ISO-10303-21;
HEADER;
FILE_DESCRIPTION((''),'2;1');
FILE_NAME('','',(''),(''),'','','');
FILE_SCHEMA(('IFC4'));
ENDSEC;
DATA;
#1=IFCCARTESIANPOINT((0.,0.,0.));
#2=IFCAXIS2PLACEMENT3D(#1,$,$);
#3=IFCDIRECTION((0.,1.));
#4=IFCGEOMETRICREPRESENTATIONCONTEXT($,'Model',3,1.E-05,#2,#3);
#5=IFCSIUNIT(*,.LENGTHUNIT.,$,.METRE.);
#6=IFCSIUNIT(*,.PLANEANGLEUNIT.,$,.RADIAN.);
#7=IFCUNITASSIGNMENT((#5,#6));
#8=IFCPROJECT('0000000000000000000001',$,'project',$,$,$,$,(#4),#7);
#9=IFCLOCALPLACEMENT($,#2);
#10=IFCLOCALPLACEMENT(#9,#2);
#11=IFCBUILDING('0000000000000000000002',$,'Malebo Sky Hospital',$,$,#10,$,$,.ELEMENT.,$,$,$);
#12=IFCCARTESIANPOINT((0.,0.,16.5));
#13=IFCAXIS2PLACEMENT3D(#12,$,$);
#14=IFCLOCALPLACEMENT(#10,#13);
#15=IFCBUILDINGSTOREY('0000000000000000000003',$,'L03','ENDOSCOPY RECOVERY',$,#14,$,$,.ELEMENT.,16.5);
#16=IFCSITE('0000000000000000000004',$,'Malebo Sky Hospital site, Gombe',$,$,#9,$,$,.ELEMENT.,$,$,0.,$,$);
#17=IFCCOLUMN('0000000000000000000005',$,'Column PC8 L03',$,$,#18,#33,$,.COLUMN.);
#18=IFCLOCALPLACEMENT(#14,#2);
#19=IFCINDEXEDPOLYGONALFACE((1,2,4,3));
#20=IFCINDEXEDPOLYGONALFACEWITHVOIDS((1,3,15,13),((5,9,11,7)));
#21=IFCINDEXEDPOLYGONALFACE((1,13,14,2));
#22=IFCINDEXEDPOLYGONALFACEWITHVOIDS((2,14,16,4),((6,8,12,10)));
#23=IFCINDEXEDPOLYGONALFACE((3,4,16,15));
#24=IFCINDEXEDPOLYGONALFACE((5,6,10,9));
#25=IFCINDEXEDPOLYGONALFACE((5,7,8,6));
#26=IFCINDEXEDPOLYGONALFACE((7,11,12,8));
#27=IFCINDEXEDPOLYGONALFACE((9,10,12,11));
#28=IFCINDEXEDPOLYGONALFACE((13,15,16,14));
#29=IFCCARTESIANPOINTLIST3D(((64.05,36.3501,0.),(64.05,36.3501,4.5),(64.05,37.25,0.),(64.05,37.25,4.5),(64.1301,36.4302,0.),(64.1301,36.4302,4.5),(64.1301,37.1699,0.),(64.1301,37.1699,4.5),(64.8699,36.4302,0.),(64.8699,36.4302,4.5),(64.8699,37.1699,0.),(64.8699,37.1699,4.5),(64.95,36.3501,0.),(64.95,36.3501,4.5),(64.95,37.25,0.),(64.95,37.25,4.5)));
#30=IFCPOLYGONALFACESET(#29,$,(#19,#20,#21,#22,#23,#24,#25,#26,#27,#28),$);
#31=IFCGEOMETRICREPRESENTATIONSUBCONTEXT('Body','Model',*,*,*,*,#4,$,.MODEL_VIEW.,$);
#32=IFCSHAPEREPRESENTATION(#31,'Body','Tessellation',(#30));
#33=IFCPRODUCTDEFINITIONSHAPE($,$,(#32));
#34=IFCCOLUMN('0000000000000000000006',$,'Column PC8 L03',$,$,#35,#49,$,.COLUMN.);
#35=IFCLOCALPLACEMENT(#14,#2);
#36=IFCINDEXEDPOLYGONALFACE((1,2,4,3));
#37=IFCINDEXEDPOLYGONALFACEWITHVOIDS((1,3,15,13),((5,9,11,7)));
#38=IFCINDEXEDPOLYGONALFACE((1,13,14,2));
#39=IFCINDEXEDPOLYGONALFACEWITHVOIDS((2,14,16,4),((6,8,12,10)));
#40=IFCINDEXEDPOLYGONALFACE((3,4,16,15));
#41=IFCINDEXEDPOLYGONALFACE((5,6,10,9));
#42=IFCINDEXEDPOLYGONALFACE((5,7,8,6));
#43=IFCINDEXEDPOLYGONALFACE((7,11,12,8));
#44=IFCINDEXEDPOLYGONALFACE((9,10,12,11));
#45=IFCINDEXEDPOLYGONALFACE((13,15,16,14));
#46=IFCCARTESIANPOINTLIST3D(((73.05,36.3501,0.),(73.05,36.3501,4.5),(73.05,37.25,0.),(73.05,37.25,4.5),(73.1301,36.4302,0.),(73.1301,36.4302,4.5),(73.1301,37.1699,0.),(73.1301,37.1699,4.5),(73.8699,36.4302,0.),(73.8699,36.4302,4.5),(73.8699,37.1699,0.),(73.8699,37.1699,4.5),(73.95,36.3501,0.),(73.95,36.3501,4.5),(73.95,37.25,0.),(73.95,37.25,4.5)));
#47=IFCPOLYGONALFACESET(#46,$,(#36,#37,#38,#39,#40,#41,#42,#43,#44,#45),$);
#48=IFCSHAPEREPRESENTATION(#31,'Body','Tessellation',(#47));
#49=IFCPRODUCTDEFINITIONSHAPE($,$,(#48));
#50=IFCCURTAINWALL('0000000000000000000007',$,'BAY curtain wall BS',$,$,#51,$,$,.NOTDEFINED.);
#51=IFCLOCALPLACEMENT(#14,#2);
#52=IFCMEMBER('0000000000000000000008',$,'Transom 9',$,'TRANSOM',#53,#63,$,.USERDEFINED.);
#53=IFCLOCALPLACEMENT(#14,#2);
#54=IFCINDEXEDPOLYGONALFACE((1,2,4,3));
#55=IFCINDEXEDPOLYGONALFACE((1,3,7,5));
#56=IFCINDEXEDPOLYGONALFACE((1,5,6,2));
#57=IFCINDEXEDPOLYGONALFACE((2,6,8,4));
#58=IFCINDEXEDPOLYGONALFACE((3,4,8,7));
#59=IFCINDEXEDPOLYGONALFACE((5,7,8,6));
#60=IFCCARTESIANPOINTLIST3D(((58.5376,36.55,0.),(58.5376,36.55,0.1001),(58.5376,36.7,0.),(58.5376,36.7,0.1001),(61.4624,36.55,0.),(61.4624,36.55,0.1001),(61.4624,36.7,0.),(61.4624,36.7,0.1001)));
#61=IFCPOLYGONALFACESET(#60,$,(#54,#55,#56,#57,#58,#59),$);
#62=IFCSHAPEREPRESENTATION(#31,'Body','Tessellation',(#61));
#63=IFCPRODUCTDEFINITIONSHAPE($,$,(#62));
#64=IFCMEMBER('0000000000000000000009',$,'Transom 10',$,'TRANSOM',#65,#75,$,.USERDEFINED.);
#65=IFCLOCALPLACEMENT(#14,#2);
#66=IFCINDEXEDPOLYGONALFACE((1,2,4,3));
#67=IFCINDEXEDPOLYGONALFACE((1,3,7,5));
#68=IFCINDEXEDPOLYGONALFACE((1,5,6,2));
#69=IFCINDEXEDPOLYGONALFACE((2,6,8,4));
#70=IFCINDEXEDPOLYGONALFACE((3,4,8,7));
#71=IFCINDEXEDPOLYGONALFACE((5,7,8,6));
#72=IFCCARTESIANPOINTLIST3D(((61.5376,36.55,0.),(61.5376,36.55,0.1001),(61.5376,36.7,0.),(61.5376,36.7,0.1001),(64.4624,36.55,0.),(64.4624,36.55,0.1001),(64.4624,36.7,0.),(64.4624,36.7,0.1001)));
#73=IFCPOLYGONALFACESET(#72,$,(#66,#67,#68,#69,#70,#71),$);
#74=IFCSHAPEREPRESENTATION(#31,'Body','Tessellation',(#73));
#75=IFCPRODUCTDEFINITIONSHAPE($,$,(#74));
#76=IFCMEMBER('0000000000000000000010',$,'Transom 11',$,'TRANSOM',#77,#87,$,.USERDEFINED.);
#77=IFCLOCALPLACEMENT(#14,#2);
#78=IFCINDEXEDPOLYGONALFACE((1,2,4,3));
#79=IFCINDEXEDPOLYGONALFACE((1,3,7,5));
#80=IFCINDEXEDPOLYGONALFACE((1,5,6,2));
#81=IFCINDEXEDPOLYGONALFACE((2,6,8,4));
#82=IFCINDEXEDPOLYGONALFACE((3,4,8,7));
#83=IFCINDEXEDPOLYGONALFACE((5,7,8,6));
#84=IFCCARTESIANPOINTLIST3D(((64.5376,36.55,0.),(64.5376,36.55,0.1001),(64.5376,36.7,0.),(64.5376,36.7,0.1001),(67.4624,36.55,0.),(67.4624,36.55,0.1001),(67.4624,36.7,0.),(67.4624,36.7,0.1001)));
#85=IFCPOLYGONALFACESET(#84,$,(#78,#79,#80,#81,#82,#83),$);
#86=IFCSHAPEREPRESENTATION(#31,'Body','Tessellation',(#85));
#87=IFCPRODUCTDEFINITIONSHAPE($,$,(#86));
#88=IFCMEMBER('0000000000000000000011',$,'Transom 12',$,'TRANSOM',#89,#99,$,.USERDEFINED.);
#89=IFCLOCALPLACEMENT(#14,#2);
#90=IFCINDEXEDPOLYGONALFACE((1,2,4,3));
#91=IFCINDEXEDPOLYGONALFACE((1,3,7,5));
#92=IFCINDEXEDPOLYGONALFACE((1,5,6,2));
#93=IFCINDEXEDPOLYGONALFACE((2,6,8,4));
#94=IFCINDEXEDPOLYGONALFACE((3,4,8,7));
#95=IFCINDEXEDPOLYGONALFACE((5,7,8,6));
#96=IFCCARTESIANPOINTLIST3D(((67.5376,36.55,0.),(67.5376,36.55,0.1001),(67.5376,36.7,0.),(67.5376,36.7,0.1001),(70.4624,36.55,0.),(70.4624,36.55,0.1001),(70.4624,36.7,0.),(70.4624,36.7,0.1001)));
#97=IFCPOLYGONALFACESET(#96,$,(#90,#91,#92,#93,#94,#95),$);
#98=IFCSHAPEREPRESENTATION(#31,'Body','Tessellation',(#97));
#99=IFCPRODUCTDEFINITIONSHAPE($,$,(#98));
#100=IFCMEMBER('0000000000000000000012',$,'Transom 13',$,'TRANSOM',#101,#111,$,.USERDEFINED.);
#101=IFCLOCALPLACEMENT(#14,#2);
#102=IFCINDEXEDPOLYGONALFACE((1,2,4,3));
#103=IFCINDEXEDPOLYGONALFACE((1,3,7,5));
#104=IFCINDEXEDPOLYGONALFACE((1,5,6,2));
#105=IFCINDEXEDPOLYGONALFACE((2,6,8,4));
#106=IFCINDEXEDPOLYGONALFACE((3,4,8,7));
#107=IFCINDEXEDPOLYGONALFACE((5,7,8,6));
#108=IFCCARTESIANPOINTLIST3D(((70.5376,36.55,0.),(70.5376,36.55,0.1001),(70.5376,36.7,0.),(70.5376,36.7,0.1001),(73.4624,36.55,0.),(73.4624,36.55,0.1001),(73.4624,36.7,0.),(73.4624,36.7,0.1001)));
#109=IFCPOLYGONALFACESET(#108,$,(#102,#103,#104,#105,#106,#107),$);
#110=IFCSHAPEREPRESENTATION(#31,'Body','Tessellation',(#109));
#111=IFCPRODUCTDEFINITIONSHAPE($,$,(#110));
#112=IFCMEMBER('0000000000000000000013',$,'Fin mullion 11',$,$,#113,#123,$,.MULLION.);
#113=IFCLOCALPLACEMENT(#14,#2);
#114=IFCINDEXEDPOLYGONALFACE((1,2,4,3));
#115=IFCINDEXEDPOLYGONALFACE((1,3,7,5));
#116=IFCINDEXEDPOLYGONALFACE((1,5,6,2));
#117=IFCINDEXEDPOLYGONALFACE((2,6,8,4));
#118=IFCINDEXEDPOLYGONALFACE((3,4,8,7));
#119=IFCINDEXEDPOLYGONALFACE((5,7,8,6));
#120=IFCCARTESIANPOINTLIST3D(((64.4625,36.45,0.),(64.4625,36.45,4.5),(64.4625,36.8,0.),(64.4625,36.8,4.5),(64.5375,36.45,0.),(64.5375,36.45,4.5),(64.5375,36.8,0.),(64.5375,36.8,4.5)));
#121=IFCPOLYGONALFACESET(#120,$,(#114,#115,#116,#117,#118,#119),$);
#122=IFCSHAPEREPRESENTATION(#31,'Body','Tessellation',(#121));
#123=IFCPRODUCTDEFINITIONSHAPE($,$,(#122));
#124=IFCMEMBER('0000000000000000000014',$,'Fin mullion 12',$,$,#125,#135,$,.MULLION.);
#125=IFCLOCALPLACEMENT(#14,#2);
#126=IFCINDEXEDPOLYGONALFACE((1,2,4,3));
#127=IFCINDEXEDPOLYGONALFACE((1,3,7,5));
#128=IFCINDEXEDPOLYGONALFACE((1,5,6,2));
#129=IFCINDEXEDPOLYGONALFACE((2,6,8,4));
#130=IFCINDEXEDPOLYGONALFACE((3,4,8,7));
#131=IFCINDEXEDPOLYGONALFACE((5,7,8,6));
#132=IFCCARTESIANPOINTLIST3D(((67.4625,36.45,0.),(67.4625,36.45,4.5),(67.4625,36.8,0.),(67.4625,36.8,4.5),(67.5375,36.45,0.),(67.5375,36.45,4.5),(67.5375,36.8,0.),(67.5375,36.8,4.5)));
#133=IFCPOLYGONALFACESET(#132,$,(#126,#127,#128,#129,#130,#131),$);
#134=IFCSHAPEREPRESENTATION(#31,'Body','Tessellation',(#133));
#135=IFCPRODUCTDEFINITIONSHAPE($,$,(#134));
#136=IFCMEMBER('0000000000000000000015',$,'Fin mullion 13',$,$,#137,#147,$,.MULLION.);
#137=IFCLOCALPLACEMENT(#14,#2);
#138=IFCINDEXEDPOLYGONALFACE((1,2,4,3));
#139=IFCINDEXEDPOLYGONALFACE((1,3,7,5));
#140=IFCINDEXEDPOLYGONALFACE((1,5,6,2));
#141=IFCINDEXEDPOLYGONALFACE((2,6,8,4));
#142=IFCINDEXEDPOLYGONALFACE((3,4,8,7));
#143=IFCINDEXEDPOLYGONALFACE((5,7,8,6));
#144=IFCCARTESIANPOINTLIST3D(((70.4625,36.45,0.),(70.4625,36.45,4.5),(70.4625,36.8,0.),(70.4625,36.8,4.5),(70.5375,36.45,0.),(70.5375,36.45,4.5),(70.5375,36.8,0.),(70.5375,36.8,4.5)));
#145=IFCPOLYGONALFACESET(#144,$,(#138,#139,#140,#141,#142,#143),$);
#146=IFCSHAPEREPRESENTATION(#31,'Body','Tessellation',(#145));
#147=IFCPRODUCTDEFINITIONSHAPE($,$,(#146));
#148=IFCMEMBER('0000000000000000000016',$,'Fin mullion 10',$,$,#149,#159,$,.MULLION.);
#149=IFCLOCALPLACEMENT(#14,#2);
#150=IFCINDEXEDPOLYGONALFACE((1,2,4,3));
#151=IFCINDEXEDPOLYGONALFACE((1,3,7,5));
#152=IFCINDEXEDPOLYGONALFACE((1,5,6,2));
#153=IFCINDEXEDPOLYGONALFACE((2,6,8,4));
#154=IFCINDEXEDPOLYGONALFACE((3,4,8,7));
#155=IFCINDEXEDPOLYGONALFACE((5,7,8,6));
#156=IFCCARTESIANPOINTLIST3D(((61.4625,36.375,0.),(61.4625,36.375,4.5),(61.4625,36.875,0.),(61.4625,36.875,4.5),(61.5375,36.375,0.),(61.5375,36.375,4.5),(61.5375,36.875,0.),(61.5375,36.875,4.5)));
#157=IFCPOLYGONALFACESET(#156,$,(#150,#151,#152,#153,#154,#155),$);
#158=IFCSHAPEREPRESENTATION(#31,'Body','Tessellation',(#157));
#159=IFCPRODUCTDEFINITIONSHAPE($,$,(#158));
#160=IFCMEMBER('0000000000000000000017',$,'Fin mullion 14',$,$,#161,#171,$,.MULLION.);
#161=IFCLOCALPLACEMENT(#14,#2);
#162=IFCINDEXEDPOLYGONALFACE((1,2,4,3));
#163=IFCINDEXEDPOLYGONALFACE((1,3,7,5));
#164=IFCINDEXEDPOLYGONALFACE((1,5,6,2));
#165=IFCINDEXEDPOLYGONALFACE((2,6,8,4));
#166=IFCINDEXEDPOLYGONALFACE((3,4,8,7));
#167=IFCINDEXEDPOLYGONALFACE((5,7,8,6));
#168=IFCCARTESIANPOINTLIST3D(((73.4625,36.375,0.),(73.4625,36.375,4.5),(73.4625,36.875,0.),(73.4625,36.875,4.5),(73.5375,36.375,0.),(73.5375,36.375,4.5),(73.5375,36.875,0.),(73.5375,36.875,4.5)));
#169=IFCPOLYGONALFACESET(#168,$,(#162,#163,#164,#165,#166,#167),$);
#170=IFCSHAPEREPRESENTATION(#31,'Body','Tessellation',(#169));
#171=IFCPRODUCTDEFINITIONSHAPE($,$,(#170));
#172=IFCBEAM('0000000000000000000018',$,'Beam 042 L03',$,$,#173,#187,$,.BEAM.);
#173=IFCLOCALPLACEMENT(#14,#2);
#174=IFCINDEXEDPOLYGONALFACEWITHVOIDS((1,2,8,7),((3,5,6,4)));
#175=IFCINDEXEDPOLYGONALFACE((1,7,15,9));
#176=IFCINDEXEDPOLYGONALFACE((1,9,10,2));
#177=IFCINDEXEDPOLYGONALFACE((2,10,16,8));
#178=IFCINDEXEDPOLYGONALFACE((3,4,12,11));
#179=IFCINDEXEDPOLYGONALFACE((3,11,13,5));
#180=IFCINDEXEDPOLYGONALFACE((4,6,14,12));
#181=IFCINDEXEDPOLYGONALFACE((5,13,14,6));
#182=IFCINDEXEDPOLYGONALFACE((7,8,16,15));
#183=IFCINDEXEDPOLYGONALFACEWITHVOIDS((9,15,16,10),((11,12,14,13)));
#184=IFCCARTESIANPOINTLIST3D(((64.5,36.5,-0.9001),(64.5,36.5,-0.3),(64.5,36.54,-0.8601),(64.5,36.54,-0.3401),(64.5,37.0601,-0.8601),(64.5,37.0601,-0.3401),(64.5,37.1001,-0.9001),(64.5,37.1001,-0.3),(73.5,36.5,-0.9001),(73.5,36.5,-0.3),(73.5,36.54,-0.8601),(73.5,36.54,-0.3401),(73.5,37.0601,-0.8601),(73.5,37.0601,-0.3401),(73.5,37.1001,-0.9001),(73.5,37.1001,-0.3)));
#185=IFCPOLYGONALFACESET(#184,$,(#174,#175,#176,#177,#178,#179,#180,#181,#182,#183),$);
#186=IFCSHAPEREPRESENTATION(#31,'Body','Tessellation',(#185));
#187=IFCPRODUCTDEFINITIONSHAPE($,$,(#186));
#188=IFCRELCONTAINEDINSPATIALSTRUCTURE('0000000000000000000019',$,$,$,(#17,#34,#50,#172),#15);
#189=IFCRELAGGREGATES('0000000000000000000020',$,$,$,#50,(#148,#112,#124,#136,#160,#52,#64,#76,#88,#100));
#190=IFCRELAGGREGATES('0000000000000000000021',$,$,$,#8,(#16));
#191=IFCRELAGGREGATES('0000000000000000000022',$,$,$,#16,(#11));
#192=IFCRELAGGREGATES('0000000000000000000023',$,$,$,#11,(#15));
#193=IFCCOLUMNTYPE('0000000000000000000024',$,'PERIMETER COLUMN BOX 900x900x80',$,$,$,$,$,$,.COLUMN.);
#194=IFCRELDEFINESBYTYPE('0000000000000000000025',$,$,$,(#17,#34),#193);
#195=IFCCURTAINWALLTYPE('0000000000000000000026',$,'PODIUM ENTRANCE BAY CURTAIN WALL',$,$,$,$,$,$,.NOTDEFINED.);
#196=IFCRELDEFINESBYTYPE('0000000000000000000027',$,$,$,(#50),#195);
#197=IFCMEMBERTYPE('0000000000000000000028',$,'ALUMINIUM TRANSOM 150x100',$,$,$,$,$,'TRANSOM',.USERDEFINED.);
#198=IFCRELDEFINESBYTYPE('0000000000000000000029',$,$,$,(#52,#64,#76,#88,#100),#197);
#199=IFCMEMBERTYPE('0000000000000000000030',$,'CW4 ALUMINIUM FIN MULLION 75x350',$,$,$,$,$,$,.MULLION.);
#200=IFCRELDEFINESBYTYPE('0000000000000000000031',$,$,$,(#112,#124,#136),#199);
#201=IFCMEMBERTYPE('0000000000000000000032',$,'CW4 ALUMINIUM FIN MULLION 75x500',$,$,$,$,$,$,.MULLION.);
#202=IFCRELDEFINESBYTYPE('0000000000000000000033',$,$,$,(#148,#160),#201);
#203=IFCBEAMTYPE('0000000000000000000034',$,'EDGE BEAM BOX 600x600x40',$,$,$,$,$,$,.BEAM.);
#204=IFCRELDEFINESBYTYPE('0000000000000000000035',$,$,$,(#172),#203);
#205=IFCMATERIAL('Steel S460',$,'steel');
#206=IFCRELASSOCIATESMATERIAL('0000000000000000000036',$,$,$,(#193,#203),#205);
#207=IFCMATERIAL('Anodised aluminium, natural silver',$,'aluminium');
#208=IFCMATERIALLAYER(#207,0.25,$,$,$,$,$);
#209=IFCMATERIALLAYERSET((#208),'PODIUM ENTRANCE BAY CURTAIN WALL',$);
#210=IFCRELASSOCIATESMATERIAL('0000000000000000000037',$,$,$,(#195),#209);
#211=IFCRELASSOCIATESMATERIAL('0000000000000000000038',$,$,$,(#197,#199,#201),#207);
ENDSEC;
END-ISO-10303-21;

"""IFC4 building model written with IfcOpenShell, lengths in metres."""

from ifc_helpers import new_model, si_unit, direction, frame, origin, origin_2d, place, context, subcontext, project, spatial, rectangle, hollow_rectangle, extrude, material, layer, layer_set, material_profile, profile_set, type_object, element, aggregate, save


model = new_model("IFC4")

# Units and contexts
model_context = context("Model", 3, precision=1e-05, world=origin(), true_north=direction((0.0, 1.0)))
body_context = subcontext(model_context, "Body", "Model", "MODEL_VIEW")
ifc_project = project(units=[si_unit("LENGTHUNIT", "METRE"), si_unit("PLANEANGLEUNIT", "RADIAN")], contexts=[model_context])

# Site, building, storey
site_placement = place(None, origin())
site = spatial("IfcSite", under=ifc_project, at=site_placement, Name="Malebo Sky Hospital site, Gombe", CompositionType="ELEMENT", RefElevation=0.0)
building_placement = place(site_placement, origin())
building = spatial("IfcBuilding", under=site, at=building_placement, Name="Malebo Sky Hospital", CompositionType="ELEMENT")
storey_placement = place(building_placement, frame((0.0, 0.0, 16.5)))
storey = spatial("IfcBuildingStorey", under=building, at=storey_placement, Name="L03", Description="ENDOSCOPY RECOVERY", CompositionType="ELEMENT", Elevation=16.5)

# Columns
ifc_material_1 = material(Name="Steel S460", Category="steel")
ifc_material_profile_1 = material_profile(ifc_material_1, hollow_rectangle(XDim=0.8999, YDim=0.8999, WallThickness=0.0801, at=origin_2d()), Name="BOX 900x900x80")
ifc_profile_set_1 = profile_set([ifc_material_profile_1], Name="Steel S460")
column_type = type_object("IfcColumnType", Name="PERIMETER COLUMN BOX 900x900x80", PredefinedType="COLUMN", material=ifc_profile_set_1)
for number, where, z_axis, x_axis, name in (
    (1, (64.5, 36.8, 0.0), (0.0, 0.0, 1.0), (1.0, 0.0, 0.0), "Column PC8 L03"),
    (2, (73.5, 36.8, 0.0), (0.0, 0.0, 1.0), (1.0, 0.0, 0.0), "Column PC8 L03"),
):
    element("IfcColumn", number, at=place(storey_placement, frame(where, z_axis=z_axis, x_axis=x_axis)), inside=storey, type_object=column_type, Name=name, PredefinedType="COLUMN", context=body_context, shape_type="SweptSolid", body=[
        extrude(hollow_rectangle(XDim=0.8999, YDim=0.8999, WallThickness=0.0801, at=origin_2d()), origin(), (0.0, 0.0, 1.0), 4.5),
    ])

# Curtain wall, members
ifc_material_2 = material(Name="Anodised aluminium, natural silver", Category="aluminium")
ifc_layer_1 = layer(ifc_material_2, 0.25)
ifc_layer_set_1 = layer_set([ifc_layer_1], Name="PODIUM ENTRANCE BAY CURTAIN WALL")
curtain_wall_type = type_object("IfcCurtainWallType", Name="PODIUM ENTRANCE BAY CURTAIN WALL", PredefinedType="NOTDEFINED", material=ifc_layer_set_1)
curtain_wall_placement = place(storey_placement, origin())
curtain_wall = element("IfcCurtainWall", 3, at=curtain_wall_placement, inside=storey, type_object=curtain_wall_type, Name="BAY curtain wall BS", PredefinedType="NOTDEFINED")
ifc_material_profile_2 = material_profile(ifc_material_2, rectangle(XDim=0.1499, YDim=0.1001, at=origin_2d()), Name="ALUMINIUM TRANSOM 150x100")
ifc_profile_set_2 = profile_set([ifc_material_profile_2], Name="Anodised aluminium, natural silver")
member_type_1 = type_object("IfcMemberType", Name="ALUMINIUM TRANSOM 150x100", ElementType="TRANSOM", PredefinedType="USERDEFINED", material=ifc_profile_set_2)
member_1_placement = place(storey_placement, frame((58.5376, 36.625, 0.05), z_axis=(1.0, 0.0, 0.0), x_axis=(0.0, 1.0, 0.0)))
member_1 = element("IfcMember", 4, at=member_1_placement, type_object=member_type_1, Name="Transom 9", ObjectType="TRANSOM", PredefinedType="USERDEFINED", context=body_context, shape_type="SweptSolid", body=[
    extrude(rectangle(XDim=0.1499, YDim=0.1001, at=origin_2d()), origin(), (0.0, 0.0, 1.0), 2.9248),
])
member_2_placement = place(storey_placement, frame((61.5376, 36.625, 0.05), z_axis=(1.0, 0.0, 0.0), x_axis=(0.0, 1.0, 0.0)))
member_2 = element("IfcMember", 5, at=member_2_placement, type_object=member_type_1, Name="Transom 10", ObjectType="TRANSOM", PredefinedType="USERDEFINED", context=body_context, shape_type="SweptSolid", body=[
    extrude(rectangle(XDim=0.1499, YDim=0.1001, at=origin_2d()), origin(), (0.0, 0.0, 1.0), 2.9248),
])
member_3_placement = place(storey_placement, frame((64.5376, 36.625, 0.05), z_axis=(1.0, 0.0, 0.0), x_axis=(0.0, 1.0, 0.0)))
member_3 = element("IfcMember", 6, at=member_3_placement, type_object=member_type_1, Name="Transom 11", ObjectType="TRANSOM", PredefinedType="USERDEFINED", context=body_context, shape_type="SweptSolid", body=[
    extrude(rectangle(XDim=0.1499, YDim=0.1001, at=origin_2d()), origin(), (0.0, 0.0, 1.0), 2.9248),
])
member_4_placement = place(storey_placement, frame((67.5376, 36.625, 0.05), z_axis=(1.0, 0.0, 0.0), x_axis=(0.0, 1.0, 0.0)))
member_4 = element("IfcMember", 7, at=member_4_placement, type_object=member_type_1, Name="Transom 12", ObjectType="TRANSOM", PredefinedType="USERDEFINED", context=body_context, shape_type="SweptSolid", body=[
    extrude(rectangle(XDim=0.1499, YDim=0.1001, at=origin_2d()), origin(), (0.0, 0.0, 1.0), 2.9248),
])
member_5_placement = place(storey_placement, frame((70.5376, 36.625, 0.05), z_axis=(1.0, 0.0, 0.0), x_axis=(0.0, 1.0, 0.0)))
member_5 = element("IfcMember", 8, at=member_5_placement, type_object=member_type_1, Name="Transom 13", ObjectType="TRANSOM", PredefinedType="USERDEFINED", context=body_context, shape_type="SweptSolid", body=[
    extrude(rectangle(XDim=0.1499, YDim=0.1001, at=origin_2d()), origin(), (0.0, 0.0, 1.0), 2.9248),
])
ifc_material_profile_3 = material_profile(ifc_material_2, rectangle(XDim=0.075, YDim=0.3501, at=origin_2d()), Name="CW4 ALUMINIUM FIN MULLION 75x350")
ifc_profile_set_3 = profile_set([ifc_material_profile_3], Name="Anodised aluminium, natural silver")
member_type_2 = type_object("IfcMemberType", Name="CW4 ALUMINIUM FIN MULLION 75x350", PredefinedType="MULLION", material=ifc_profile_set_3)
member_6_placement = place(storey_placement, frame((64.5, 36.625, 0.0), z_axis=(0.0, 0.0, 1.0), x_axis=(1.0, 0.0, 0.0)))
member_6 = element("IfcMember", 9, at=member_6_placement, type_object=member_type_2, Name="Fin mullion 11", PredefinedType="MULLION", context=body_context, shape_type="SweptSolid", body=[
    extrude(rectangle(XDim=0.075, YDim=0.3501, at=origin_2d()), origin(), (0.0, 0.0, 1.0), 4.5),
])
member_7_placement = place(storey_placement, frame((67.5, 36.625, 0.0), z_axis=(0.0, 0.0, 1.0), x_axis=(1.0, 0.0, 0.0)))
member_7 = element("IfcMember", 10, at=member_7_placement, type_object=member_type_2, Name="Fin mullion 12", PredefinedType="MULLION", context=body_context, shape_type="SweptSolid", body=[
    extrude(rectangle(XDim=0.075, YDim=0.3501, at=origin_2d()), origin(), (0.0, 0.0, 1.0), 4.5),
])
member_8_placement = place(storey_placement, frame((70.5, 36.625, 0.0), z_axis=(0.0, 0.0, 1.0), x_axis=(1.0, 0.0, 0.0)))
member_8 = element("IfcMember", 11, at=member_8_placement, type_object=member_type_2, Name="Fin mullion 13", PredefinedType="MULLION", context=body_context, shape_type="SweptSolid", body=[
    extrude(rectangle(XDim=0.075, YDim=0.3501, at=origin_2d()), origin(), (0.0, 0.0, 1.0), 4.5),
])
ifc_material_profile_4 = material_profile(ifc_material_2, rectangle(XDim=0.075, YDim=0.5, at=origin_2d()), Name="CW4 ALUMINIUM FIN MULLION 75x500")
ifc_profile_set_4 = profile_set([ifc_material_profile_4], Name="Anodised aluminium, natural silver")
member_type_3 = type_object("IfcMemberType", Name="CW4 ALUMINIUM FIN MULLION 75x500", PredefinedType="MULLION", material=ifc_profile_set_4)
member_9_placement = place(storey_placement, frame((61.5, 36.625, 0.0), z_axis=(0.0, 0.0, 1.0), x_axis=(1.0, 0.0, 0.0)))
member_9 = element("IfcMember", 12, at=member_9_placement, type_object=member_type_3, Name="Fin mullion 10", PredefinedType="MULLION", context=body_context, shape_type="SweptSolid", body=[
    extrude(rectangle(XDim=0.075, YDim=0.5, at=origin_2d()), origin(), (0.0, 0.0, 1.0), 4.5),
])
member_10_placement = place(storey_placement, frame((73.5, 36.625, 0.0), z_axis=(0.0, 0.0, 1.0), x_axis=(1.0, 0.0, 0.0)))
member_10 = element("IfcMember", 13, at=member_10_placement, type_object=member_type_3, Name="Fin mullion 14", PredefinedType="MULLION", context=body_context, shape_type="SweptSolid", body=[
    extrude(rectangle(XDim=0.075, YDim=0.5, at=origin_2d()), origin(), (0.0, 0.0, 1.0), 4.5),
])

# Beam
ifc_material_profile_5 = material_profile(ifc_material_1, hollow_rectangle(XDim=0.6001, YDim=0.6001, WallThickness=0.04, at=origin_2d()), Name="BOX 600x600x40")
ifc_profile_set_5 = profile_set([ifc_material_profile_5], Name="Steel S460")
beam_type_1 = type_object("IfcBeamType", Name="EDGE BEAM BOX 600x600x40", PredefinedType="BEAM", material=ifc_profile_set_5)
beam_1_placement = place(storey_placement, frame((64.5, 36.8, -0.6001), z_axis=(1.0, 0.0, 0.0), x_axis=(0.0, 1.0, 0.0)))
element("IfcBeam", 14, at=beam_1_placement, inside=storey, type_object=beam_type_1, Name="Beam 042 L03", PredefinedType="BEAM", context=body_context, shape_type="SweptSolid", body=[
    extrude(hollow_rectangle(XDim=0.6001, YDim=0.6001, WallThickness=0.04, at=origin_2d()), origin(), (0.0, 0.0, 1.0), 9.0),
])

aggregate(curtain_wall, [member_9, member_6, member_7, member_8, member_10, member_1, member_2, member_3, member_4, member_5])

save(model, "model.ifc")
